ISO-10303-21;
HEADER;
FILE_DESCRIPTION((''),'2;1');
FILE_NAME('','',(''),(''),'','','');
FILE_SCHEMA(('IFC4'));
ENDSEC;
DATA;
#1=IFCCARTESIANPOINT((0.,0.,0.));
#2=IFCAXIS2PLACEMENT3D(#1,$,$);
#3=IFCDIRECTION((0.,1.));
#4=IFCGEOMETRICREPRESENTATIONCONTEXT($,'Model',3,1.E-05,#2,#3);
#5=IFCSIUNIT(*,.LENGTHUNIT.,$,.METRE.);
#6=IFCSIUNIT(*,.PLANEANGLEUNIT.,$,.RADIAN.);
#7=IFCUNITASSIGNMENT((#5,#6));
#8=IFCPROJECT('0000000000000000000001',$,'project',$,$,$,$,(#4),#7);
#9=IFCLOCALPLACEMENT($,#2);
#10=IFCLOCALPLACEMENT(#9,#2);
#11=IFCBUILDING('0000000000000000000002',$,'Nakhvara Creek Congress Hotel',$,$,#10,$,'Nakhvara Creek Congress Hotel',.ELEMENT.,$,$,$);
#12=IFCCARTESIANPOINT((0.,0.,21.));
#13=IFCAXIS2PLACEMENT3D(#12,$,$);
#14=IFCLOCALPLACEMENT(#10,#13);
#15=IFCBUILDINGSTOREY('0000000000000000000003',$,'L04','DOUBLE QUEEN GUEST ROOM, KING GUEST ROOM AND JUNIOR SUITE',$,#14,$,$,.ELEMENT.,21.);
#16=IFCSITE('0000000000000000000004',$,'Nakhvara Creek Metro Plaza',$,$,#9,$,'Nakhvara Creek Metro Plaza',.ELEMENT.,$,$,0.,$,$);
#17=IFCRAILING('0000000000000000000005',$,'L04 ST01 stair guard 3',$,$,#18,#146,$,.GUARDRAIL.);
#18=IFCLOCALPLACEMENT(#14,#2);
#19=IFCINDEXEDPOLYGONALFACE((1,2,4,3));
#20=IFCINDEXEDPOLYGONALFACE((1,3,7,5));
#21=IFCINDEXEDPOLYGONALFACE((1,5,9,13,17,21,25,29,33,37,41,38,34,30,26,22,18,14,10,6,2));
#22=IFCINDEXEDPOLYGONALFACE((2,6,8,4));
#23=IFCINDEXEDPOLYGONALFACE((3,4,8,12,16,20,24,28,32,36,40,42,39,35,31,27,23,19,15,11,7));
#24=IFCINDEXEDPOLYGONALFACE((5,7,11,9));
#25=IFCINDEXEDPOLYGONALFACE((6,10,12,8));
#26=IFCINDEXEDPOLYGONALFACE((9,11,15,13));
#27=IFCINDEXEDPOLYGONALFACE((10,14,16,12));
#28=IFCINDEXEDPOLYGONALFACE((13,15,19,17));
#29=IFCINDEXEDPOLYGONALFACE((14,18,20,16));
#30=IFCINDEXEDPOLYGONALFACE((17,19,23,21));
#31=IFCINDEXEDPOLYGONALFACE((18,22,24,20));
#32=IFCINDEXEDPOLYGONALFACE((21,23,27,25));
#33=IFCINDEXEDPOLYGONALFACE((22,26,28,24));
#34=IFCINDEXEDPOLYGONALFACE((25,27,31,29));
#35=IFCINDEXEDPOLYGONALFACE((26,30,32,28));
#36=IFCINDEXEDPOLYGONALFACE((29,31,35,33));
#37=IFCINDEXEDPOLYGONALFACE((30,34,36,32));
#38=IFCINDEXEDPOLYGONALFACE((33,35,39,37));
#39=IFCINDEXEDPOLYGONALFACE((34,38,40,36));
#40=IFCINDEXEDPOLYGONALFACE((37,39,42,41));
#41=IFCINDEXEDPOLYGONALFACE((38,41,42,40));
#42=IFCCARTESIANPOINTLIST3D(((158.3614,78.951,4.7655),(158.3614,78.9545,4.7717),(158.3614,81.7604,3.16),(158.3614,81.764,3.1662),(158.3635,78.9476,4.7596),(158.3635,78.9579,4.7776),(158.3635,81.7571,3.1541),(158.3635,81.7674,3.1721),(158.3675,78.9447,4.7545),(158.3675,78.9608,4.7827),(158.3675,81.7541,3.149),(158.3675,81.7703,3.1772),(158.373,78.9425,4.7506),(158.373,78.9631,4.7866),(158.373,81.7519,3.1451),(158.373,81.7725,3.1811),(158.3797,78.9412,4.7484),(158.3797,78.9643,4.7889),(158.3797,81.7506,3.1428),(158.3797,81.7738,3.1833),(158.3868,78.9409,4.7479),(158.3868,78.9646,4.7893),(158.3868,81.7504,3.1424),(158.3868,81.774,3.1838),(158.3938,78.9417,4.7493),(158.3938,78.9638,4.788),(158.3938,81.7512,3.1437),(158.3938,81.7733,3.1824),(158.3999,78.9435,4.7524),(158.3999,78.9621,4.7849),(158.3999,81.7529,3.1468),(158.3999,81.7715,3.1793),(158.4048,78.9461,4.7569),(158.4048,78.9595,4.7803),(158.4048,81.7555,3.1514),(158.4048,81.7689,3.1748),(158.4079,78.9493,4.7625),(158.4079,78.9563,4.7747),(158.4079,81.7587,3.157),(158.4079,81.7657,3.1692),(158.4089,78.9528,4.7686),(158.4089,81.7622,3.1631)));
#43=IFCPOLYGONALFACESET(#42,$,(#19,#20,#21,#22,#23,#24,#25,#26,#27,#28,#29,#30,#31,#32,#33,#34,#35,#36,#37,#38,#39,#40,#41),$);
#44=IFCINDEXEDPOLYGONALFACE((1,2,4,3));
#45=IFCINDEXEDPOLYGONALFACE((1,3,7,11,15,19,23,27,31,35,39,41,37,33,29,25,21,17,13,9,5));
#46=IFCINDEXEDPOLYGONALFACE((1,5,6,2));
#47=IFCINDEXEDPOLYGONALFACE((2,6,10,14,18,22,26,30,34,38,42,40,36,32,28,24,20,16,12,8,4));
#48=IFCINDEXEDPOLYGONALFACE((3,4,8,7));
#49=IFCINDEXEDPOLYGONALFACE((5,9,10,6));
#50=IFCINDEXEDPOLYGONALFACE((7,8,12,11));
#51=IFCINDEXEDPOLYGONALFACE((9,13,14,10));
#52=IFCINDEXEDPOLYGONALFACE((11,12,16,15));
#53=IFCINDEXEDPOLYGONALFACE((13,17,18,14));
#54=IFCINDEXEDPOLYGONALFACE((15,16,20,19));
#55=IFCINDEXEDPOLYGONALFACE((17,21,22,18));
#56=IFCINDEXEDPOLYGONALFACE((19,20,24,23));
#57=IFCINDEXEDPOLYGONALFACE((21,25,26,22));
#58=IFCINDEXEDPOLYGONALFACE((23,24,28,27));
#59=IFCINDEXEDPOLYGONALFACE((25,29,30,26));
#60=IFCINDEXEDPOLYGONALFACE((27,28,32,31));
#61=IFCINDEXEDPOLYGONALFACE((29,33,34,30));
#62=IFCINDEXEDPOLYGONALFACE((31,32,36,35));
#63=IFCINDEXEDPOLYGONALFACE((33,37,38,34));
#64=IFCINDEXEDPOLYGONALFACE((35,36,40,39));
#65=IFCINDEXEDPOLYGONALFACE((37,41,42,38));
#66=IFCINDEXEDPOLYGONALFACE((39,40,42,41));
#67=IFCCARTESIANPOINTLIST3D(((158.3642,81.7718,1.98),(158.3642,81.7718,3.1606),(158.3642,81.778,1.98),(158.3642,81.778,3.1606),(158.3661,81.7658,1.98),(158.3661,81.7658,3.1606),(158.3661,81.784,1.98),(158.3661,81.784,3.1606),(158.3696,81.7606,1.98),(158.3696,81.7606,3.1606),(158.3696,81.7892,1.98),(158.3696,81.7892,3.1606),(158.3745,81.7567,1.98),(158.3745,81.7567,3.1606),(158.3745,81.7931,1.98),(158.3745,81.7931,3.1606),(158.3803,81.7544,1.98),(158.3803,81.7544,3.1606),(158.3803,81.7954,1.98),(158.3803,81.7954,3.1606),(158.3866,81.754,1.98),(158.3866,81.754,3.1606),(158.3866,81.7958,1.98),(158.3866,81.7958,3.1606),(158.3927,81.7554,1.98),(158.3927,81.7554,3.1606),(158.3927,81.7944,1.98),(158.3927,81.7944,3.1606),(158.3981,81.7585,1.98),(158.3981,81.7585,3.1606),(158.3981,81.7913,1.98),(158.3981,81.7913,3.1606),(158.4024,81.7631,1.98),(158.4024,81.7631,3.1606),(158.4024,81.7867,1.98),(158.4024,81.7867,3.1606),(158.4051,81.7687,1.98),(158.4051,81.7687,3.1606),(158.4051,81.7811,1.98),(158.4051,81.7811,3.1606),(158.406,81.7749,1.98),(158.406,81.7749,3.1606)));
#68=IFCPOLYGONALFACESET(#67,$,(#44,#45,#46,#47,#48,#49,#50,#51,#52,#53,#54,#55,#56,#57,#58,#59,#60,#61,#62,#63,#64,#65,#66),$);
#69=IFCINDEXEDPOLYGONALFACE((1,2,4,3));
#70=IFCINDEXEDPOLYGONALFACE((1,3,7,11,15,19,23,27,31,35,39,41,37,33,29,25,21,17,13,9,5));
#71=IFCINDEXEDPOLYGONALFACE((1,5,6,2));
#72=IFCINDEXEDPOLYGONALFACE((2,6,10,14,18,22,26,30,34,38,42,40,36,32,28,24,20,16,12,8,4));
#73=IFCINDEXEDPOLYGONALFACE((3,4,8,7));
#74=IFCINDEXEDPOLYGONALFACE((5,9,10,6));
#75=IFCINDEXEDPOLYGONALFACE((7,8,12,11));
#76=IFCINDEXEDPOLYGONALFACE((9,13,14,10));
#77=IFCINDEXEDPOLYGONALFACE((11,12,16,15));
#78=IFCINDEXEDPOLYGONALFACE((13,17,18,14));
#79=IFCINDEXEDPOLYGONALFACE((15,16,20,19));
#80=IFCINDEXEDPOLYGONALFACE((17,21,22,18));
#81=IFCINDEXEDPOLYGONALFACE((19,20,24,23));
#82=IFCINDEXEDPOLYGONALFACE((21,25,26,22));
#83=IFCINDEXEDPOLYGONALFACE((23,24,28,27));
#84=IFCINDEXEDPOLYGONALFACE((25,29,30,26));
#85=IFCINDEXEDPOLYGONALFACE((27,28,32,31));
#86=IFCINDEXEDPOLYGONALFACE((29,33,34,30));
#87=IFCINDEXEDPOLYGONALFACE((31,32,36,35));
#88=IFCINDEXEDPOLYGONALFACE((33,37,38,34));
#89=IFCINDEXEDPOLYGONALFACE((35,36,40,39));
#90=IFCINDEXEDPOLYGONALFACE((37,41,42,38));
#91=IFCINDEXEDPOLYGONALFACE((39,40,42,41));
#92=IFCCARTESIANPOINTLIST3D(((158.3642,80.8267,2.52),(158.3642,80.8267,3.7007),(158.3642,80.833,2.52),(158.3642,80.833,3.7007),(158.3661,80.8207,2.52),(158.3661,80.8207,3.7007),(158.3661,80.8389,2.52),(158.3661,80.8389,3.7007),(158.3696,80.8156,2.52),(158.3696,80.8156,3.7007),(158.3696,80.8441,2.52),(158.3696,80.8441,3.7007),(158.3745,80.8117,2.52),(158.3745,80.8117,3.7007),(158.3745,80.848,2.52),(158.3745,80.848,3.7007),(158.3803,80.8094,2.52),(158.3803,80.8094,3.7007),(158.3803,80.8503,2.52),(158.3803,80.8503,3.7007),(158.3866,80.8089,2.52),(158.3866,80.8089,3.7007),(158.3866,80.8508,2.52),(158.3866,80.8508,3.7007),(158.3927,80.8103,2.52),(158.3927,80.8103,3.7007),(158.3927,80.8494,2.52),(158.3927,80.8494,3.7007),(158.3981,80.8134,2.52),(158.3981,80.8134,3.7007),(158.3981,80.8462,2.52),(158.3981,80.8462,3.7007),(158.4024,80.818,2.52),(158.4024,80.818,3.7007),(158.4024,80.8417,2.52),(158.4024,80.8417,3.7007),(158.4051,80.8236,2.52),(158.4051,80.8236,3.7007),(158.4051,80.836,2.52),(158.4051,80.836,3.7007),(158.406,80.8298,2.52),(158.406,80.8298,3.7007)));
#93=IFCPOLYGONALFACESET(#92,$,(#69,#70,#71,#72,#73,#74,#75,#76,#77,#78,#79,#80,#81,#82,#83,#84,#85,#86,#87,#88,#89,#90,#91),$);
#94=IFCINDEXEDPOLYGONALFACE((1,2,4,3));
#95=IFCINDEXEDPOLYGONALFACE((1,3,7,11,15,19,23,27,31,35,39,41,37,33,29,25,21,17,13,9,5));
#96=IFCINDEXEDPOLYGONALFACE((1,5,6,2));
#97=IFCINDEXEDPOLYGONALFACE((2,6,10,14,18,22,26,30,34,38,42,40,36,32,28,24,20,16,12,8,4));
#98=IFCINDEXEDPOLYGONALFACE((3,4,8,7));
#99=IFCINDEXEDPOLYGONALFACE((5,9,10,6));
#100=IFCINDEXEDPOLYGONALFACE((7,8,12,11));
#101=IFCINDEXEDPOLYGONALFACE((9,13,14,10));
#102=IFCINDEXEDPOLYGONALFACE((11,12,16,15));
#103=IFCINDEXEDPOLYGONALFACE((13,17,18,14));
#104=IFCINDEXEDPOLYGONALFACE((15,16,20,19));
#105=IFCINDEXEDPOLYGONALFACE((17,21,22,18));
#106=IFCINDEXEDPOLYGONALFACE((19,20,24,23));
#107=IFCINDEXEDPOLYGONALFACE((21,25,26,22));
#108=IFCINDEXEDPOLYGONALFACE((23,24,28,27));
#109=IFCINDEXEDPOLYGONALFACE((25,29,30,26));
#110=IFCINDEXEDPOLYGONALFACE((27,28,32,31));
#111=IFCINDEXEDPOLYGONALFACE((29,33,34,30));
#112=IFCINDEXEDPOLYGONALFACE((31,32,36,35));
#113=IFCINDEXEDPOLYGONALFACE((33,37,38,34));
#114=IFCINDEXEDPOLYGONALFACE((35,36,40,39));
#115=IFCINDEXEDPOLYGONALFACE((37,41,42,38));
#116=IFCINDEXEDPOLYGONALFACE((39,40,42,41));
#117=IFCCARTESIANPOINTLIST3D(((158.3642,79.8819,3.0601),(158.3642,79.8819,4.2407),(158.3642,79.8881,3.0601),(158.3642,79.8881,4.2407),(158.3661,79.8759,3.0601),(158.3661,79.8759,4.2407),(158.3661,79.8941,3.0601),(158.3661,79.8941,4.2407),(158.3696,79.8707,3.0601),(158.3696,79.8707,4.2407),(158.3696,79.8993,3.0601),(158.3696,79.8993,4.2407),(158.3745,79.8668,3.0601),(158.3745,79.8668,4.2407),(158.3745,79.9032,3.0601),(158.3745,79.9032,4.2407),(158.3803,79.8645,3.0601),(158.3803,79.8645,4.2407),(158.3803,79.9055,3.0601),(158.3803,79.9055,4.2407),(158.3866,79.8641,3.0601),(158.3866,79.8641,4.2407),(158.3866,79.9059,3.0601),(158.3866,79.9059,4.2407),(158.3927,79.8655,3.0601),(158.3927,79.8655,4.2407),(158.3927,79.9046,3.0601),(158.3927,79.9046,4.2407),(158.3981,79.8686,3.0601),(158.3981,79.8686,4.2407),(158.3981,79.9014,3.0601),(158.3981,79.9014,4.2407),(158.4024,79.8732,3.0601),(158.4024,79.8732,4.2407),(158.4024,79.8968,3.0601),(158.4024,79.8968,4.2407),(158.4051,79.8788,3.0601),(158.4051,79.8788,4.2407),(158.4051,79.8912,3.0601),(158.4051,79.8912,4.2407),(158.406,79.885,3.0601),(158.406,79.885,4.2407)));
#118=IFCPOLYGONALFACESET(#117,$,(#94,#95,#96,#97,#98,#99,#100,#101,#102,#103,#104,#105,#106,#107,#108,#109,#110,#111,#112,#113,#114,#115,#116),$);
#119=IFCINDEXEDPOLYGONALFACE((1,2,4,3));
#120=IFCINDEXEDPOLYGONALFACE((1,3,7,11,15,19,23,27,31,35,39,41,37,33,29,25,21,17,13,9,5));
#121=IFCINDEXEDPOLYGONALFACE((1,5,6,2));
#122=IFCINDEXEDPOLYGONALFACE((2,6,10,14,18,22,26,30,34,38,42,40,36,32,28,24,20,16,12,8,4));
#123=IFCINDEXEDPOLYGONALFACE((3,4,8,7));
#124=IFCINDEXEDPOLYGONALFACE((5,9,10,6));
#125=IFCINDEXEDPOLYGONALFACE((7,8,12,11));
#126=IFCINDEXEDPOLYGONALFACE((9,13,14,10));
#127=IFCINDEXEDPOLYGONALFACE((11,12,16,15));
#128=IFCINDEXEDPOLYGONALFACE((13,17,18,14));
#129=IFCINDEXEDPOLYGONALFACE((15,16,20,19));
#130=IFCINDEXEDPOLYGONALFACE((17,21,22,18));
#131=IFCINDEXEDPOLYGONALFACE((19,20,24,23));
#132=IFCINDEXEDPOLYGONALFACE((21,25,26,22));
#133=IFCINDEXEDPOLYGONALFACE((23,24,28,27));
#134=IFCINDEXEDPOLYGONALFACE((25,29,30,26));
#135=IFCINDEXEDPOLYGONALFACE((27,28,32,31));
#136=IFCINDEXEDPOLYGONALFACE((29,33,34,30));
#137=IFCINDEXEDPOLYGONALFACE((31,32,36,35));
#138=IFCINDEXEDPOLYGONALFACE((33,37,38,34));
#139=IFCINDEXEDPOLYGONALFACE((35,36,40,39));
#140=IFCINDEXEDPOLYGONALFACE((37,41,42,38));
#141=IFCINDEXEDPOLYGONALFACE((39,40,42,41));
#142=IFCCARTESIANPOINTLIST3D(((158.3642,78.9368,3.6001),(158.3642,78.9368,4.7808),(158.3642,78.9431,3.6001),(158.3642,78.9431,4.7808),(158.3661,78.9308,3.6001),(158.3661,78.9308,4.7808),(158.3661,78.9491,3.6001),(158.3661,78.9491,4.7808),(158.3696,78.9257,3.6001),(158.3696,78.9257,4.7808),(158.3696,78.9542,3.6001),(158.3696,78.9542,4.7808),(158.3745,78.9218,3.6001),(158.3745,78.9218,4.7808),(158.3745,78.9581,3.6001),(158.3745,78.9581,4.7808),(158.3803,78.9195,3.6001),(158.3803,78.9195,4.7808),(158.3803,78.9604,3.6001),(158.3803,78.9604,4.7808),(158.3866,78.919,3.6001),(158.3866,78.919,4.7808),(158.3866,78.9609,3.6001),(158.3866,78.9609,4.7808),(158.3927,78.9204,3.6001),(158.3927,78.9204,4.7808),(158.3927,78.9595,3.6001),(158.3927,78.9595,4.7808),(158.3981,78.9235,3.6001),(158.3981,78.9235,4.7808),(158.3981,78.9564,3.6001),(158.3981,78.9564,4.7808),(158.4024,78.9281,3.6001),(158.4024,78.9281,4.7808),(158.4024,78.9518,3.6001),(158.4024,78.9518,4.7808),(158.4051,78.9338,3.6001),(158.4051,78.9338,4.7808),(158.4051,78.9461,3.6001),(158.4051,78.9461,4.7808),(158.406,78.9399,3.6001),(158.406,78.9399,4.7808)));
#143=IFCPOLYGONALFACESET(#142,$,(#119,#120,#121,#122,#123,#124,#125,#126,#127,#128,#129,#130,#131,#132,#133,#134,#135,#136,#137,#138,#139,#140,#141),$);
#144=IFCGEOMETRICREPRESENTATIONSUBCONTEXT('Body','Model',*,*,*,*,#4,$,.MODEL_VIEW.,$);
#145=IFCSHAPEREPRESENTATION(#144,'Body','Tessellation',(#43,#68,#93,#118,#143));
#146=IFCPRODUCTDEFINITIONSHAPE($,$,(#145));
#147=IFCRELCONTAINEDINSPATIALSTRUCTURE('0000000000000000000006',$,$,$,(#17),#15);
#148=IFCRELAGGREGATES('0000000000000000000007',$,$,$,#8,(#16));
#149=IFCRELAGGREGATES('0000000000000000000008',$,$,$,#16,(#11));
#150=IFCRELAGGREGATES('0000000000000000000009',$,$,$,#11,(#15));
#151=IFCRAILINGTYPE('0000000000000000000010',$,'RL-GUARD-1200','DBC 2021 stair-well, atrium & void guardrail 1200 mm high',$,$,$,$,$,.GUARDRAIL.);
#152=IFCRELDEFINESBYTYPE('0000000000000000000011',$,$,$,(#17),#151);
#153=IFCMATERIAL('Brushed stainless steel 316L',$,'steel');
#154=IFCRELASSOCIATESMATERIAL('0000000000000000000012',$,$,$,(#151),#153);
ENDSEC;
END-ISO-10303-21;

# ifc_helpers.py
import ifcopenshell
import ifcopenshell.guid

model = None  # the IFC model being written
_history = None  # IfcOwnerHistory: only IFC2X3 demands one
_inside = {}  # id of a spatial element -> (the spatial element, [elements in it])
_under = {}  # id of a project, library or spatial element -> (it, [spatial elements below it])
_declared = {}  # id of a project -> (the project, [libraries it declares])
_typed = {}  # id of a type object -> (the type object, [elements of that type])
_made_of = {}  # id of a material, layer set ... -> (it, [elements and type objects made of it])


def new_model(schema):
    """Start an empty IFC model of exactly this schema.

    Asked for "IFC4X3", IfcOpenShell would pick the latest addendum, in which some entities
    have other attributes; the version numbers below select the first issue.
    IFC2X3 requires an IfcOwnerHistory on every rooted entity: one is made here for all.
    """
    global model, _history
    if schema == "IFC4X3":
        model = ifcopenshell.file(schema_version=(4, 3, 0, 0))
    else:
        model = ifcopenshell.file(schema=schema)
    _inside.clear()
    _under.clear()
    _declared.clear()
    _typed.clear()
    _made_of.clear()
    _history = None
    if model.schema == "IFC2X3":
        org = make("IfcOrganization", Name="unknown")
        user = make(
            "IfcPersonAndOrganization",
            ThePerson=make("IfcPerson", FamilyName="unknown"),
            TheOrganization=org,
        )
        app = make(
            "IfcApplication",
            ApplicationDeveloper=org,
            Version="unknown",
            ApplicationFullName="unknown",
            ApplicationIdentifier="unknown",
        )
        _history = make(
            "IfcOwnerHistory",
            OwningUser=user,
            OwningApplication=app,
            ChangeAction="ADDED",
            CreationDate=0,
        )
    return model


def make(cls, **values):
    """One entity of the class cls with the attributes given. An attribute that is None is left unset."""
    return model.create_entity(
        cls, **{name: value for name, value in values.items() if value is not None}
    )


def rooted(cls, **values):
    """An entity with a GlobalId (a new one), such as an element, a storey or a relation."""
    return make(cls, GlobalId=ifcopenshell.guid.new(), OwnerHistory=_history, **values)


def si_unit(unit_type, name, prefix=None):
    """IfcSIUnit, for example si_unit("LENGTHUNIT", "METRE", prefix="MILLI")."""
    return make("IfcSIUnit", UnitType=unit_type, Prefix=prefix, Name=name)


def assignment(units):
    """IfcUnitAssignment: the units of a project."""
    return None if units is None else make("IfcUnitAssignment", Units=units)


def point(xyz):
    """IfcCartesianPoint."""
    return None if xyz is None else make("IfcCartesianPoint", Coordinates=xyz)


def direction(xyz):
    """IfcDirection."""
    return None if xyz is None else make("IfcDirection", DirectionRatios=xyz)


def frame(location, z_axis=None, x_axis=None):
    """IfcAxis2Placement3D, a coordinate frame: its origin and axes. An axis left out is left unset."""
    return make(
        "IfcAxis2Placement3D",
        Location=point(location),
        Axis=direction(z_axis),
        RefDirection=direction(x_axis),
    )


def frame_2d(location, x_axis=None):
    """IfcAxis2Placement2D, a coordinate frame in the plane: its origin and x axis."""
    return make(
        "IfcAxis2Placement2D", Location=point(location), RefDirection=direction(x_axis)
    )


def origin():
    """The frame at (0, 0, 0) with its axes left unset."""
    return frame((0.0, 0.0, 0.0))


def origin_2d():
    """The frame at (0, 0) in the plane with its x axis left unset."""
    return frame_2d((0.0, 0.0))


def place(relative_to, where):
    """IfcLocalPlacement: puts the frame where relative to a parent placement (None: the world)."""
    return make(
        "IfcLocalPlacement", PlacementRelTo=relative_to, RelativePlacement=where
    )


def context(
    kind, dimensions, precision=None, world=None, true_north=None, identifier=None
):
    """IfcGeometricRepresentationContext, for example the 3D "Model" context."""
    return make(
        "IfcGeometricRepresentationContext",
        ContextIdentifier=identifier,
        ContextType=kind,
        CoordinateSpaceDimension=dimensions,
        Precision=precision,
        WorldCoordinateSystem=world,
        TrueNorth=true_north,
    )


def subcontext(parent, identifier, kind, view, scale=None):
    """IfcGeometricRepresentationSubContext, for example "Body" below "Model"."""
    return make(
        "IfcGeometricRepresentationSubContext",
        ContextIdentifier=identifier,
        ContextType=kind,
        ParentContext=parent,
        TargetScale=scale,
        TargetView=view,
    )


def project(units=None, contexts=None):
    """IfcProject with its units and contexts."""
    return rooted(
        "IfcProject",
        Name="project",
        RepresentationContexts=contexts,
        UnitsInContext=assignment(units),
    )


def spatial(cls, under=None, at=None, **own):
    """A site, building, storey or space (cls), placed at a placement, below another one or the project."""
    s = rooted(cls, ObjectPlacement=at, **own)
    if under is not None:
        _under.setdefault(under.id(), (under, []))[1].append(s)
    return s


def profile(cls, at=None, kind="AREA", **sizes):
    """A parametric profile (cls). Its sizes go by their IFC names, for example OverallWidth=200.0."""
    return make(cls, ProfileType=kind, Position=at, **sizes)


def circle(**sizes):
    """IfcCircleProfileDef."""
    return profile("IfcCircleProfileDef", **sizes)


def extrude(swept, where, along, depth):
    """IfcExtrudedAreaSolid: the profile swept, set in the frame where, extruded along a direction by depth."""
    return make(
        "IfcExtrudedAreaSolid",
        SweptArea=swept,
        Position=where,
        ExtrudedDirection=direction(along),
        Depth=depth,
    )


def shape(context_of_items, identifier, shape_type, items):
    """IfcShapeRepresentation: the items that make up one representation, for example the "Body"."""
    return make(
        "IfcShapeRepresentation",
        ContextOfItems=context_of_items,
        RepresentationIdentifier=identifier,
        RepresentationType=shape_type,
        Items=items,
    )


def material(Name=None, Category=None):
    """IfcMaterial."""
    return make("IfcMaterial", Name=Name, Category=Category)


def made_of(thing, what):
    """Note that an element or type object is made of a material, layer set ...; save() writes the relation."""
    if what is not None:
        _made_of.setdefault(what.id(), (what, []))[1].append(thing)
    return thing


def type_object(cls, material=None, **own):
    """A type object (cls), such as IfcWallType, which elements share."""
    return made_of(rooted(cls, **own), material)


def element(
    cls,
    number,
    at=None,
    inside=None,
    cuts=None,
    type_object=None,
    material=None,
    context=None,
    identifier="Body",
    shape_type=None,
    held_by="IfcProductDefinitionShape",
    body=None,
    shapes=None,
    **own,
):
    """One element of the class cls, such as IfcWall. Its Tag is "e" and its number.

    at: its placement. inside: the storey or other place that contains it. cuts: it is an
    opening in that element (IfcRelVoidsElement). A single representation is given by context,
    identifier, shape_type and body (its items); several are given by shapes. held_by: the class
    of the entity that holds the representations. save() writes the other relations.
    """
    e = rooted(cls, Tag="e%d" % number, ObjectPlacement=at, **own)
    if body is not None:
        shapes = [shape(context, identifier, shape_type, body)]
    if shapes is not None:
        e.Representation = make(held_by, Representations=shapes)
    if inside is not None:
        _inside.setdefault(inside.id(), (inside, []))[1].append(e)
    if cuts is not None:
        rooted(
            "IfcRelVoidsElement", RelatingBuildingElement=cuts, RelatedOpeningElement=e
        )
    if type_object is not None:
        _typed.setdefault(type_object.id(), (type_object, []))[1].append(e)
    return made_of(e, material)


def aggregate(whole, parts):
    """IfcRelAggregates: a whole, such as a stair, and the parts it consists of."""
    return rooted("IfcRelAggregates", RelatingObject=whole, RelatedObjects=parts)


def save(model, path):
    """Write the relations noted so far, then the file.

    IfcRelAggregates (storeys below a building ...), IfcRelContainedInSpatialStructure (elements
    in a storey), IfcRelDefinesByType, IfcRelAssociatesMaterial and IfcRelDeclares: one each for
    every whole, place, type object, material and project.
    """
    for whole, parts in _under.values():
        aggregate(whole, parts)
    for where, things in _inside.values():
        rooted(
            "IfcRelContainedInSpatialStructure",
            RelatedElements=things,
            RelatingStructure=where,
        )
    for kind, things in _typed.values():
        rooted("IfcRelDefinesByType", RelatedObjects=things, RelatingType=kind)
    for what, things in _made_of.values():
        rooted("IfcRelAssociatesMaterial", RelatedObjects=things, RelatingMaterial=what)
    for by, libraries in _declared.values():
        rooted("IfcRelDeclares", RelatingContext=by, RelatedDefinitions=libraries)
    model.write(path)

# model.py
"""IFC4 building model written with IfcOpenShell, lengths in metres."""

from ifc_helpers import new_model, si_unit, direction, frame, origin, origin_2d, place, context, subcontext, project, spatial, circle, extrude, material, type_object, element, save


model = new_model("IFC4")

# Units and contexts
model_context = context("Model", 3, precision=1e-05, world=origin(), true_north=direction((0.0, 1.0)))
body_context = subcontext(model_context, "Body", "Model", "MODEL_VIEW")
ifc_project = project(units=[si_unit("LENGTHUNIT", "METRE"), si_unit("PLANEANGLEUNIT", "RADIAN")], contexts=[model_context])

# Site, building, storey
site_placement = place(None, origin())
site = spatial("IfcSite", under=ifc_project, at=site_placement, Name="Nakhvara Creek Metro Plaza", LongName="Nakhvara Creek Metro Plaza", CompositionType="ELEMENT", RefElevation=0.0)
building_placement = place(site_placement, origin())
building = spatial("IfcBuilding", under=site, at=building_placement, Name="Nakhvara Creek Congress Hotel", LongName="Nakhvara Creek Congress Hotel", CompositionType="ELEMENT")
storey_placement = place(building_placement, frame((0.0, 0.0, 21.0)))
storey = spatial("IfcBuildingStorey", under=building, at=storey_placement, Name="L04", Description="DOUBLE QUEEN GUEST ROOM, KING GUEST ROOM AND JUNIOR SUITE", CompositionType="ELEMENT", Elevation=21.0)

# Railing
ifc_material_1 = material(Name="Brushed stainless steel 316L", Category="steel")
railing_type_1 = type_object("IfcRailingType", Name="RL-GUARD-1200", Description="DBC 2021 stair-well, atrium & void guardrail 1200 mm high", PredefinedType="GUARDRAIL", material=ifc_material_1)
railing_1_placement = place(storey_placement, frame((158.385, 81.7749, 1.98)))
element("IfcRailing", 1, at=railing_1_placement, inside=storey, type_object=railing_type_1, Name="L04 ST01 stair guard 3", PredefinedType="GUARDRAIL", context=body_context, shape_type="SweptSolid", body=[
    extrude(circle(Radius=0.0239, at=origin_2d()), frame((0.0, -0.0127, 1.1831), z_axis=(0.0, -0.868225, 0.496171), x_axis=(1.0, 0.0, 0.0)), (0.0, 0.0, 1.0), 3.2358),
    extrude(circle(Radius=0.021, at=origin_2d()), origin(), (0.0, 0.0, 1.0), 1.1807),
    extrude(circle(Radius=0.021, at=origin_2d()), frame((0.0, -0.9451, 0.54)), (0.0, 0.0, 1.0), 1.1807),
    extrude(circle(Radius=0.021, at=origin_2d()), frame((0.0, -1.8899, 1.0801)), (0.0, 0.0, 1.0), 1.1807),
    extrude(circle(Radius=0.021, at=origin_2d()), frame((0.0, -2.835, 1.6201)), (0.0, 0.0, 1.0), 1.1807),
])

save(model, "model.ifc")
